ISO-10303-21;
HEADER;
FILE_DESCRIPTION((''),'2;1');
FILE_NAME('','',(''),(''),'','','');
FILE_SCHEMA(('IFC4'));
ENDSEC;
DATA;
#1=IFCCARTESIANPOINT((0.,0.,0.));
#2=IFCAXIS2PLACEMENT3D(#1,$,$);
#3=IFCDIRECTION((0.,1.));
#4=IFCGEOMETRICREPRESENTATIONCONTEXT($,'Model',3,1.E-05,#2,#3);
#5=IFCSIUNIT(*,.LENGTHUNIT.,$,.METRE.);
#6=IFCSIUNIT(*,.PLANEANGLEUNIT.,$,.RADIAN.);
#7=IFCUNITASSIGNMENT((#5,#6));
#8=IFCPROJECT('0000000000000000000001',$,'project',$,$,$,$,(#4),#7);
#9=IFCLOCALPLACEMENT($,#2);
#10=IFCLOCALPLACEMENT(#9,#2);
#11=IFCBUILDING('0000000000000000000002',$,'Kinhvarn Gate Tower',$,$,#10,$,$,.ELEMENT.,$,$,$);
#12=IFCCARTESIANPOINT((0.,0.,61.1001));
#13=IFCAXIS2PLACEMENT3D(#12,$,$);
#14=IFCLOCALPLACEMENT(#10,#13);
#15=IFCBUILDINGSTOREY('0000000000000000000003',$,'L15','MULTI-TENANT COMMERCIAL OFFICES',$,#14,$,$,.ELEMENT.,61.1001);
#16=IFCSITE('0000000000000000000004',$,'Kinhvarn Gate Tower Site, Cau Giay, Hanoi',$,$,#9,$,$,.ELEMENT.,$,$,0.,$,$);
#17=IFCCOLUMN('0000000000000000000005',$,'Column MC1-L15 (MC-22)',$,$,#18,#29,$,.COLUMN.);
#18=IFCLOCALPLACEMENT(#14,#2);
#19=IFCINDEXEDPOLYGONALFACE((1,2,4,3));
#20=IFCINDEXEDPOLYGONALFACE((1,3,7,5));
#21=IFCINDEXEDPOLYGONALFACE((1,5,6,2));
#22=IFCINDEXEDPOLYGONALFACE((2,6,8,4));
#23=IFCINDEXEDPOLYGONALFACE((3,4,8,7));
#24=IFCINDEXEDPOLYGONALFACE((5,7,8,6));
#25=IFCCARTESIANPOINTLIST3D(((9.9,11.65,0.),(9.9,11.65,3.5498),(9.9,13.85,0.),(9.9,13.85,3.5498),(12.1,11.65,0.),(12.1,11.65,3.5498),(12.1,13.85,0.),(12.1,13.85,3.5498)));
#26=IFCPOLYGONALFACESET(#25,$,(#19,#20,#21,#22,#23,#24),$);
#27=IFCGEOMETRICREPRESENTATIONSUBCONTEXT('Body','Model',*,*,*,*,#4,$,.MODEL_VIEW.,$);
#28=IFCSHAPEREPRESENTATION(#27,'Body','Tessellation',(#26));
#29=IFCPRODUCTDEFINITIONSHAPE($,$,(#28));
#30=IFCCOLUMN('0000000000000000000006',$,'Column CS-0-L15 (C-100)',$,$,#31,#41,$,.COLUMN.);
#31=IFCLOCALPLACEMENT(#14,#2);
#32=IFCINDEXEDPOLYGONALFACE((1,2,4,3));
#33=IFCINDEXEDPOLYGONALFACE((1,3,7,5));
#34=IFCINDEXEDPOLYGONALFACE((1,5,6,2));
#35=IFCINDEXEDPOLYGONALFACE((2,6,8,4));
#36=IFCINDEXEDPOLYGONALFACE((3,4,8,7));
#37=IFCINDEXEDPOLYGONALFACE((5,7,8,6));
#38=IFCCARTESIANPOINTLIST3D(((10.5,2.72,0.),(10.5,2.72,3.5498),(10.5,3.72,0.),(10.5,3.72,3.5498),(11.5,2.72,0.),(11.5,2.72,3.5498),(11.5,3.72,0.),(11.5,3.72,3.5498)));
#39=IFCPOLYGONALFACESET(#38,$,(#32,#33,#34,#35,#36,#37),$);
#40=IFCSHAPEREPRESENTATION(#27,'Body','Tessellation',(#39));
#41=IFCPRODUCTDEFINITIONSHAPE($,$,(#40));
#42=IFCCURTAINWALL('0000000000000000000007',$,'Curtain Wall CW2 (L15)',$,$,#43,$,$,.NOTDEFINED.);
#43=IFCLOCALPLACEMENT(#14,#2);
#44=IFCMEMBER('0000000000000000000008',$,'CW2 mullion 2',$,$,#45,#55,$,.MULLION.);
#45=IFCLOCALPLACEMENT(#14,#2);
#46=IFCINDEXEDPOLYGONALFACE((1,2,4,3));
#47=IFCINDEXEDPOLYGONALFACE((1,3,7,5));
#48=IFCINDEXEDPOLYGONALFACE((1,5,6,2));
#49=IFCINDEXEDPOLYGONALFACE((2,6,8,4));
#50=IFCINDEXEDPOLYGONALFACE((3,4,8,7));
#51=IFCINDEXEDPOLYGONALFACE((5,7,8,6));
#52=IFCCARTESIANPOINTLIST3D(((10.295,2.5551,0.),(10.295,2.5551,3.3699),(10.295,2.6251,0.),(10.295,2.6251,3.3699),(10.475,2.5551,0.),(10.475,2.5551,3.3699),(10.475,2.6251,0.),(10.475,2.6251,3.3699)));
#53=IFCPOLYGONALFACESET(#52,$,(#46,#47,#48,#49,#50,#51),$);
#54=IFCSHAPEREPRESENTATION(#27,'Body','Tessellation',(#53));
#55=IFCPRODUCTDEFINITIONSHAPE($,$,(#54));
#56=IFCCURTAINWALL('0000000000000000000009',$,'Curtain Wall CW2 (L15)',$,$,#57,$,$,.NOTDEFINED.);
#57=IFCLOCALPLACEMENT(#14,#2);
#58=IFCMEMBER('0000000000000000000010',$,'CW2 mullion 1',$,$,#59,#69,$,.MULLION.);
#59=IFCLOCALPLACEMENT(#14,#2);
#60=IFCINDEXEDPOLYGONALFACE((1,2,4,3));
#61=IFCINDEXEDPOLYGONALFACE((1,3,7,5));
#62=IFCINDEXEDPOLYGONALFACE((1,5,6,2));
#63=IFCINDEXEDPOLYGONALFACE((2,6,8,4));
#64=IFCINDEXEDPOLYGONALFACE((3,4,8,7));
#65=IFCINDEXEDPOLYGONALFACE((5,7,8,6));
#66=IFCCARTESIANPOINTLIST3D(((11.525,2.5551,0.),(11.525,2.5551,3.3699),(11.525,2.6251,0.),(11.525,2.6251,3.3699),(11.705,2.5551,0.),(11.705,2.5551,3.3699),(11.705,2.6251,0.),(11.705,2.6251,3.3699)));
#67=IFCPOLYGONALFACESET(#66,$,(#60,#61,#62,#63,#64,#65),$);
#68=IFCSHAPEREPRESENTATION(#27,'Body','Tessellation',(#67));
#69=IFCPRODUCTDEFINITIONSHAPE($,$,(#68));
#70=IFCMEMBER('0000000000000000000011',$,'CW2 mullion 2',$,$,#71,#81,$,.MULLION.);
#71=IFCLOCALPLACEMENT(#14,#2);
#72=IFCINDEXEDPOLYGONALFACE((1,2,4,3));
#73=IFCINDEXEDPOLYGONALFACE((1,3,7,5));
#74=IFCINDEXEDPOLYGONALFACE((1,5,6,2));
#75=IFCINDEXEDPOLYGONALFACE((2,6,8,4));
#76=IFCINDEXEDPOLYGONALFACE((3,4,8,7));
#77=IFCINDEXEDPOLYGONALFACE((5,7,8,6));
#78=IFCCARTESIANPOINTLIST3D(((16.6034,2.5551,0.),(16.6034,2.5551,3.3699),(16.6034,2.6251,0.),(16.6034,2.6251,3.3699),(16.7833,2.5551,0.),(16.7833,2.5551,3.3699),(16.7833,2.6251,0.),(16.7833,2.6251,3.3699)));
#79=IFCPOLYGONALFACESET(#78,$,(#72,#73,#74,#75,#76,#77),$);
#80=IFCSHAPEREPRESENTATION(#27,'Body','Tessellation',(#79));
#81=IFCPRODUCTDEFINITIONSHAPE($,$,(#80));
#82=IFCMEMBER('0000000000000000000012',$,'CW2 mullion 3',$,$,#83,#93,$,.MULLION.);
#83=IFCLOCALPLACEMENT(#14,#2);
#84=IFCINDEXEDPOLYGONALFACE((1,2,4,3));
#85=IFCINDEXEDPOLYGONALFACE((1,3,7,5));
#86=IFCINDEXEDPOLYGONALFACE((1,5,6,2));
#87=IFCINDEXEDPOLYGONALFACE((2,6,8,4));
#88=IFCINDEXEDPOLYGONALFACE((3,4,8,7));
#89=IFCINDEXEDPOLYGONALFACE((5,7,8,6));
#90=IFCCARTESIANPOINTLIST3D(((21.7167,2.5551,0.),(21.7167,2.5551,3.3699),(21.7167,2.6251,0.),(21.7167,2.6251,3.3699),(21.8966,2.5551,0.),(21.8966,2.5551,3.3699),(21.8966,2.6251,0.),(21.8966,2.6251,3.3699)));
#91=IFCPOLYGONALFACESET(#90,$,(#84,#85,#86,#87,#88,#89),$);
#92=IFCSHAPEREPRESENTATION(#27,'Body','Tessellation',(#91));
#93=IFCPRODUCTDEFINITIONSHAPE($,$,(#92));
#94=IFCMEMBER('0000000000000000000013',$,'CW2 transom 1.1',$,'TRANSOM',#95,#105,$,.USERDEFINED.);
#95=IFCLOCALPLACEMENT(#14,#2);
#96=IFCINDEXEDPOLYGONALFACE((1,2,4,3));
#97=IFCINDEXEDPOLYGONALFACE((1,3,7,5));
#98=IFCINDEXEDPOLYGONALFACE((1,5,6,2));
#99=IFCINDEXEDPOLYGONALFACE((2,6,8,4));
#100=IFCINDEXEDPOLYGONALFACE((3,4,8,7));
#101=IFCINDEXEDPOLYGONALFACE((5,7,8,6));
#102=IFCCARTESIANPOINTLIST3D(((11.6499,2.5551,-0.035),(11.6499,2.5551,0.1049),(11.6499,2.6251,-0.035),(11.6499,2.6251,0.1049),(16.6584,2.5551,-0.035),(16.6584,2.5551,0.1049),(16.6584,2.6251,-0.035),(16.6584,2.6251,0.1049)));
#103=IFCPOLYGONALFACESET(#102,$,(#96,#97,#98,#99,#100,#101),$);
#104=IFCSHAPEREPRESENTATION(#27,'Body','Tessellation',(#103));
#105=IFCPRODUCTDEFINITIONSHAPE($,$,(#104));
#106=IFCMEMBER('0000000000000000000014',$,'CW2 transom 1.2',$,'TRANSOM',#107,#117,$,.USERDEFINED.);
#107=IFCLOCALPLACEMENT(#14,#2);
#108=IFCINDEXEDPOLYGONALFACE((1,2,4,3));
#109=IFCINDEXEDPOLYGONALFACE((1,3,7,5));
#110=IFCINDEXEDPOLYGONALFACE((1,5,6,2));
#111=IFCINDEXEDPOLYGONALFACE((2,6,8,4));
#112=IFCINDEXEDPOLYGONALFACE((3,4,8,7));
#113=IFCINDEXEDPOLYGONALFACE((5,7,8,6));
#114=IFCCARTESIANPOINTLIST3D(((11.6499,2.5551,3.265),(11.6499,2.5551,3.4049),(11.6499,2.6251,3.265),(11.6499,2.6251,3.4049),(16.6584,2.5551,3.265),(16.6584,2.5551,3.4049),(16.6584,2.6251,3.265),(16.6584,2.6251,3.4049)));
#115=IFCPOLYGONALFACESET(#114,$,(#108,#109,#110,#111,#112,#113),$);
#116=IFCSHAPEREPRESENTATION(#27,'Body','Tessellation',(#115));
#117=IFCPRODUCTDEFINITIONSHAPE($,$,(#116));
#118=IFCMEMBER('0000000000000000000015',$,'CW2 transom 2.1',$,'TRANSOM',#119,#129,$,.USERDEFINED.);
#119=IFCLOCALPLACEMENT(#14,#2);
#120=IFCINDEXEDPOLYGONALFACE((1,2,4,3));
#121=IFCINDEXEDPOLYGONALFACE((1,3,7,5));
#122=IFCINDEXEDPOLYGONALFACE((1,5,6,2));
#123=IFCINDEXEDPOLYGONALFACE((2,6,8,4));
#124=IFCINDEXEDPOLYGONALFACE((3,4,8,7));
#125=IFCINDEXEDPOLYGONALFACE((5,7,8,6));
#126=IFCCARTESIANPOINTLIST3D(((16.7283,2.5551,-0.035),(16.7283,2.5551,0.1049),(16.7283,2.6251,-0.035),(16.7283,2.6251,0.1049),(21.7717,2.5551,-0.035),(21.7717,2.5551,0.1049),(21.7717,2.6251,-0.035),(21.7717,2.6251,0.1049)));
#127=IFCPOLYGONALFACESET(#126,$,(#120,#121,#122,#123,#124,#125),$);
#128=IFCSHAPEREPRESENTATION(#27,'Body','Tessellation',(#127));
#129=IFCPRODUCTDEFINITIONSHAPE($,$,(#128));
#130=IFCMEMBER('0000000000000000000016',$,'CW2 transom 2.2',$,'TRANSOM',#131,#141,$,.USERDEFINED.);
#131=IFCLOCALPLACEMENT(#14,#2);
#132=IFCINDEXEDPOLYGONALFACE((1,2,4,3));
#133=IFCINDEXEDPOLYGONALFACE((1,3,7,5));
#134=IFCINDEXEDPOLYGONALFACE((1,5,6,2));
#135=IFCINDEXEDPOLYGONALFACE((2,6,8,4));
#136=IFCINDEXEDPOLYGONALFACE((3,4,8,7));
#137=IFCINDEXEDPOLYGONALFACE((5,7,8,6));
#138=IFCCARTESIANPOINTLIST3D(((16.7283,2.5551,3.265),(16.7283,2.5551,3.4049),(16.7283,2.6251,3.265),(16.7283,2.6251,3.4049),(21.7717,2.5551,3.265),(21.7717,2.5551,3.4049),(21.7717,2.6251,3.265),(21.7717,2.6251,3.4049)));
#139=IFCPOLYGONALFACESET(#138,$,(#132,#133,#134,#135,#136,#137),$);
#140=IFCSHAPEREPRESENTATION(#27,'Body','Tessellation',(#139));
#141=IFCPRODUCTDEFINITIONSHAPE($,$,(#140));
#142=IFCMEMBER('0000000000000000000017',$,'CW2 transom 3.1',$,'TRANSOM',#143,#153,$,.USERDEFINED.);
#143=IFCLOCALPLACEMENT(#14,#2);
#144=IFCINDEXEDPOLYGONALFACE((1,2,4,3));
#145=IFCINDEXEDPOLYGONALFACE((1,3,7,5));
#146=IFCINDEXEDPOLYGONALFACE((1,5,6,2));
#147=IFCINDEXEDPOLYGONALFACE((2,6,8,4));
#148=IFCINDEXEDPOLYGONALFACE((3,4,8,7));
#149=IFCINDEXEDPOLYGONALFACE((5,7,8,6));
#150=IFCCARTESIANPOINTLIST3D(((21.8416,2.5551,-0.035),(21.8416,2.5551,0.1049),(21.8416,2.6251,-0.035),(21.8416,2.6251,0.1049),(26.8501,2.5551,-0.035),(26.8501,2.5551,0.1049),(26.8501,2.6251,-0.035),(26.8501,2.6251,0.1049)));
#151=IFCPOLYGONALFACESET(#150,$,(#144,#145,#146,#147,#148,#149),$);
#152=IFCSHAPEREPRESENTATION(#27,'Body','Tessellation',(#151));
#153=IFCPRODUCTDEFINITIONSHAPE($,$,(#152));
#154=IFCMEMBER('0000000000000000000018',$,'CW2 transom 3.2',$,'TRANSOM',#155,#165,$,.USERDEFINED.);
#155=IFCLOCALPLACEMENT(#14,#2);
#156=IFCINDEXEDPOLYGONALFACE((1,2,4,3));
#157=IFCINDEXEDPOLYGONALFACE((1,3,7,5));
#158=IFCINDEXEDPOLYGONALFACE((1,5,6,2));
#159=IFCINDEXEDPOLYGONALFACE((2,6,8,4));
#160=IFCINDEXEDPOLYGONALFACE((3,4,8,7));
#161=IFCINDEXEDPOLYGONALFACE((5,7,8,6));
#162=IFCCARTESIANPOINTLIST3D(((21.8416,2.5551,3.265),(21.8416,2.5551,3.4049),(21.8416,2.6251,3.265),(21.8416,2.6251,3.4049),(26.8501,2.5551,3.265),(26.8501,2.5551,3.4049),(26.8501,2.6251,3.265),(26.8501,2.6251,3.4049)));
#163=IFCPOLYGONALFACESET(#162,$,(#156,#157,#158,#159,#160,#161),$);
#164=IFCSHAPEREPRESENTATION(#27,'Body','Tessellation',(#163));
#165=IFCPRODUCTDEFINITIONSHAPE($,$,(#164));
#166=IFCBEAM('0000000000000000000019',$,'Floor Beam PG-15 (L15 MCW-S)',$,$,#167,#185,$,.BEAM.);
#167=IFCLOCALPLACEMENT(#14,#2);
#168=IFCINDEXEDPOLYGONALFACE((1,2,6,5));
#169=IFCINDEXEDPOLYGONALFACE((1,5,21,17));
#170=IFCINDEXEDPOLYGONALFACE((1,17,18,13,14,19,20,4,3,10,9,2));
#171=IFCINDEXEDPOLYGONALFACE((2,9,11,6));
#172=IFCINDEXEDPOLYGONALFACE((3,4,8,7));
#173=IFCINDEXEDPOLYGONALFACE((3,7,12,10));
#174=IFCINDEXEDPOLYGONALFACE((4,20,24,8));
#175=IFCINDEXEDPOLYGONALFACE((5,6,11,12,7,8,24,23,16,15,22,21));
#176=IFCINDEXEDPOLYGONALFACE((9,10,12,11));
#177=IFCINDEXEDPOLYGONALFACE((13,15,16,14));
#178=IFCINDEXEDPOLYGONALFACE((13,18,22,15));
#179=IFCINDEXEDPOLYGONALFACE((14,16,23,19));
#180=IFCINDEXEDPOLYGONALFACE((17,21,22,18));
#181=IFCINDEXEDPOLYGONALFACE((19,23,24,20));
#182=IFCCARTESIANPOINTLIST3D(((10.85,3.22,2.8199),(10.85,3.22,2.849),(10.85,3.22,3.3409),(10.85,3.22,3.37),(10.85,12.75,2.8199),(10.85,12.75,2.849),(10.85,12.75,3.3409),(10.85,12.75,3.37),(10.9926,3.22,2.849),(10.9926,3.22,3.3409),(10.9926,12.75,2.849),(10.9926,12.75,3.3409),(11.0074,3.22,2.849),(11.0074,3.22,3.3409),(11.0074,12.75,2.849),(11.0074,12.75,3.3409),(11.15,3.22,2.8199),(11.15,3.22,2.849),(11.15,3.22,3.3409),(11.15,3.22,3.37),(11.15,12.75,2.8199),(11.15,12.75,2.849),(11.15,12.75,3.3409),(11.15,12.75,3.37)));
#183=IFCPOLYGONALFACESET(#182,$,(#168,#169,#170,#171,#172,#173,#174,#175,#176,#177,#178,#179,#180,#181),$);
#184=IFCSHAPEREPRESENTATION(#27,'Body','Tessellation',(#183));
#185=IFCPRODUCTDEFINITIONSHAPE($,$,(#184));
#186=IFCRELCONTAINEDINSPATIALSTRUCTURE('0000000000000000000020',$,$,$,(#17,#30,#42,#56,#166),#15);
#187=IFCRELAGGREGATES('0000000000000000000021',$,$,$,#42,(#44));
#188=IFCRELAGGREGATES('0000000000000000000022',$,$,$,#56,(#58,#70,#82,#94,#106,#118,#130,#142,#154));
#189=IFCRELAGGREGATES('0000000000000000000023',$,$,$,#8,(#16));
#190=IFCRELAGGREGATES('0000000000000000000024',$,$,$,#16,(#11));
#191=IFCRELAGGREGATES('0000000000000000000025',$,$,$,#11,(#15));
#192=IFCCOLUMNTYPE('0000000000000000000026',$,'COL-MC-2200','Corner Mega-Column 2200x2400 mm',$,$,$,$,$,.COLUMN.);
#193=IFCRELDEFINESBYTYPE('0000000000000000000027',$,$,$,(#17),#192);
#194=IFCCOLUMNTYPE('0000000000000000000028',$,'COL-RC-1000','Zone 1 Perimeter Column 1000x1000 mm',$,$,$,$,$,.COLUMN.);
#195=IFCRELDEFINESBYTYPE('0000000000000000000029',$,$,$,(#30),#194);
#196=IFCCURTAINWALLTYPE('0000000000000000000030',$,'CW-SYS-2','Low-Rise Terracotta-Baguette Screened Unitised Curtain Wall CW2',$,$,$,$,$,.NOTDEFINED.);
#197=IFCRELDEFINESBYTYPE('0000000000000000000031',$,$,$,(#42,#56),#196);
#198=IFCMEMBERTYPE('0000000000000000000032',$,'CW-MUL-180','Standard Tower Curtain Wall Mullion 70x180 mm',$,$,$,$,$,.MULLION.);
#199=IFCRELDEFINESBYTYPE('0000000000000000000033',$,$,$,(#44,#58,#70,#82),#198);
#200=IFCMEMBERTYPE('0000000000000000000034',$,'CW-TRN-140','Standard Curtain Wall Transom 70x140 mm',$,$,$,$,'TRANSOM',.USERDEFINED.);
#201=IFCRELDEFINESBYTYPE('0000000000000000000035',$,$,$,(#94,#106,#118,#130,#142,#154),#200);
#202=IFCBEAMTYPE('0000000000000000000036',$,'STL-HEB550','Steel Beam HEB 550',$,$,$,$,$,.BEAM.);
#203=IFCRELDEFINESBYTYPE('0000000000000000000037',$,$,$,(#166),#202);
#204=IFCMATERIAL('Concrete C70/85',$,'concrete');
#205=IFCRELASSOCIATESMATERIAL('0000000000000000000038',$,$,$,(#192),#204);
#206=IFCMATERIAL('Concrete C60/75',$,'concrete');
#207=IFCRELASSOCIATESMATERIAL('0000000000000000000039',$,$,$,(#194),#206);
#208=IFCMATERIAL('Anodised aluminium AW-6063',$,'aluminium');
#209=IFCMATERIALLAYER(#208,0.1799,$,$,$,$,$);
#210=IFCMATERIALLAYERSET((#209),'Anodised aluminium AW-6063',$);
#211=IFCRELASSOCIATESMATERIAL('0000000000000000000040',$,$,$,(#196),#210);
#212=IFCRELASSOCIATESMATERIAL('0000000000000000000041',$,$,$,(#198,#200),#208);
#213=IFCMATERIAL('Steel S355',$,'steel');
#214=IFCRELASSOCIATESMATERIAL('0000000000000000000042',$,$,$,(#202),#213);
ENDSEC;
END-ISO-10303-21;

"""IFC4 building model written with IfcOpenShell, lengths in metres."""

from ifc_helpers import new_model, si_unit, direction, frame, origin, origin_2d, place, context, subcontext, project, spatial, rectangle, i_section, extrude, material, layer, layer_set, material_profile, profile_set, type_object, element, aggregate, save


model = new_model("IFC4")

# Units and contexts
model_context = context("Model", 3, precision=1e-05, world=origin(), true_north=direction((0.0, 1.0)))
body_context = subcontext(model_context, "Body", "Model", "MODEL_VIEW")
ifc_project = project(units=[si_unit("LENGTHUNIT", "METRE"), si_unit("PLANEANGLEUNIT", "RADIAN")], contexts=[model_context])

# Site, building, storey
site_placement = place(None, origin())
site = spatial("IfcSite", under=ifc_project, at=site_placement, Name="Kinhvarn Gate Tower Site, Cau Giay, Hanoi", CompositionType="ELEMENT", RefElevation=0.0)
building_placement = place(site_placement, origin())
building = spatial("IfcBuilding", under=site, at=building_placement, Name="Kinhvarn Gate Tower", CompositionType="ELEMENT")
storey_placement = place(building_placement, frame((0.0, 0.0, 61.1001)))
storey = spatial("IfcBuildingStorey", under=building, at=storey_placement, Name="L15", Description="MULTI-TENANT COMMERCIAL OFFICES", CompositionType="ELEMENT", Elevation=61.1001)

# Columns
ifc_material_1 = material(Name="Concrete C70/85", Category="concrete")
ifc_material_profile_1 = material_profile(ifc_material_1, rectangle(XDim=2.2, YDim=2.2, at=origin_2d()), Name="RC 2200x2200")
ifc_profile_set_1 = profile_set([ifc_material_profile_1], Name="Concrete C70/85")
column_type_1 = type_object("IfcColumnType", Name="COL-MC-2200", Description="Corner Mega-Column 2200x2400 mm", PredefinedType="COLUMN", material=ifc_profile_set_1)
column_1_placement = place(storey_placement, frame((11.0, 12.75, 0.0), z_axis=(0.0, 0.0, 1.0), x_axis=(1.0, 0.0, 0.0)))
element("IfcColumn", 1, at=column_1_placement, inside=storey, type_object=column_type_1, Name="Column MC1-L15 (MC-22)", PredefinedType="COLUMN", context=body_context, shape_type="SweptSolid", body=[
    extrude(rectangle(XDim=2.2, YDim=2.2, at=origin_2d()), origin(), (0.0, 0.0, 1.0), 3.5498),
])
ifc_material_2 = material(Name="Concrete C60/75", Category="concrete")
ifc_material_profile_2 = material_profile(ifc_material_2, rectangle(XDim=1.0, YDim=1.0, at=origin_2d()), Name="RC 1000x1000")
ifc_profile_set_2 = profile_set([ifc_material_profile_2], Name="Concrete C60/75")
column_type_2 = type_object("IfcColumnType", Name="COL-RC-1000", Description="Zone 1 Perimeter Column 1000x1000 mm", PredefinedType="COLUMN", material=ifc_profile_set_2)
column_2_placement = place(storey_placement, frame((11.0, 3.22, 0.0), z_axis=(0.0, 0.0, 1.0), x_axis=(1.0, 0.0, 0.0)))
element("IfcColumn", 2, at=column_2_placement, inside=storey, type_object=column_type_2, Name="Column CS-0-L15 (C-100)", PredefinedType="COLUMN", context=body_context, shape_type="SweptSolid", body=[
    extrude(rectangle(XDim=1.0, YDim=1.0, at=origin_2d()), origin(), (0.0, 0.0, 1.0), 3.5498),
])

# Curtain wall, member
ifc_material_3 = material(Name="Anodised aluminium AW-6063", Category="aluminium")
ifc_layer_1 = layer(ifc_material_3, 0.1799)
ifc_layer_set_1 = layer_set([ifc_layer_1], Name="Anodised aluminium AW-6063")
curtain_wall_type = type_object("IfcCurtainWallType", Name="CW-SYS-2", Description="Low-Rise Terracotta-Baguette Screened Unitised Curtain Wall CW2", PredefinedType="NOTDEFINED", material=ifc_layer_set_1)
curtain_wall_1_placement = place(storey_placement, origin())
curtain_wall_1 = element("IfcCurtainWall", 3, at=curtain_wall_1_placement, inside=storey, type_object=curtain_wall_type, Name="Curtain Wall CW2 (L15)", PredefinedType="NOTDEFINED")
ifc_material_profile_3 = material_profile(ifc_material_3, rectangle(XDim=0.0701, YDim=0.1799, at=origin_2d()), Name="ALU 70x180")
ifc_profile_set_3 = profile_set([ifc_material_profile_3], Name="Anodised aluminium AW-6063")
member_type_1 = type_object("IfcMemberType", Name="CW-MUL-180", Description="Standard Tower Curtain Wall Mullion 70x180 mm", PredefinedType="MULLION", material=ifc_profile_set_3)
member_1_placement = place(storey_placement, frame((10.385, 2.5901, 0.0), z_axis=(0.0, 0.0, 1.0), x_axis=(0.0, 1.0, 0.0)))
member_1 = element("IfcMember", 4, at=member_1_placement, type_object=member_type_1, Name="CW2 mullion 2", PredefinedType="MULLION", context=body_context, shape_type="SweptSolid", body=[
    extrude(rectangle(XDim=0.0701, YDim=0.1799, at=origin_2d()), origin(), (0.0, 0.0, 1.0), 3.3699),
])

# Curtain wall, members
curtain_wall_2_placement = place(storey_placement, origin())
curtain_wall_2 = element("IfcCurtainWall", 5, at=curtain_wall_2_placement, inside=storey, type_object=curtain_wall_type, Name="Curtain Wall CW2 (L15)", PredefinedType="NOTDEFINED")
member_2_placement = place(storey_placement, frame((11.615, 2.5901, 0.0), z_axis=(0.0, 0.0, 1.0), x_axis=(0.0, 1.0, 0.0)))
member_2 = element("IfcMember", 6, at=member_2_placement, type_object=member_type_1, Name="CW2 mullion 1", PredefinedType="MULLION", context=body_context, shape_type="SweptSolid", body=[
    extrude(rectangle(XDim=0.0701, YDim=0.1799, at=origin_2d()), origin(), (0.0, 0.0, 1.0), 3.3699),
])
member_3_placement = place(storey_placement, frame((16.6934, 2.5901, 0.0), z_axis=(0.0, 0.0, 1.0), x_axis=(0.0, 1.0, 0.0)))
member_3 = element("IfcMember", 7, at=member_3_placement, type_object=member_type_1, Name="CW2 mullion 2", PredefinedType="MULLION", context=body_context, shape_type="SweptSolid", body=[
    extrude(rectangle(XDim=0.0701, YDim=0.1799, at=origin_2d()), origin(), (0.0, 0.0, 1.0), 3.3699),
])
member_4_placement = place(storey_placement, frame((21.8066, 2.5901, 0.0), z_axis=(0.0, 0.0, 1.0), x_axis=(0.0, 1.0, 0.0)))
member_4 = element("IfcMember", 8, at=member_4_placement, type_object=member_type_1, Name="CW2 mullion 3", PredefinedType="MULLION", context=body_context, shape_type="SweptSolid", body=[
    extrude(rectangle(XDim=0.0701, YDim=0.1799, at=origin_2d()), origin(), (0.0, 0.0, 1.0), 3.3699),
])
ifc_material_profile_4 = material_profile(ifc_material_3, rectangle(XDim=0.0701, YDim=0.1399, at=origin_2d()), Name="ALU 70x140")
ifc_profile_set_4 = profile_set([ifc_material_profile_4], Name="Anodised aluminium AW-6063")
member_type_2 = type_object("IfcMemberType", Name="CW-TRN-140", Description="Standard Curtain Wall Transom 70x140 mm", ElementType="TRANSOM", PredefinedType="USERDEFINED", material=ifc_profile_set_4)
member_5_placement = place(storey_placement, frame((11.6499, 2.5901, 0.0349), z_axis=(1.0, 0.0, 0.0), x_axis=(0.0, 1.0, 0.0)))
member_5 = element("IfcMember", 9, at=member_5_placement, type_object=member_type_2, Name="CW2 transom 1.1", ObjectType="TRANSOM", PredefinedType="USERDEFINED", context=body_context, shape_type="SweptSolid", body=[
    extrude(rectangle(XDim=0.0701, YDim=0.1399, at=origin_2d()), origin(), (0.0, 0.0, 1.0), 5.0085),
])
member_6_placement = place(storey_placement, frame((11.6499, 2.5901, 3.335), z_axis=(1.0, 0.0, 0.0), x_axis=(0.0, 1.0, 0.0)))
member_6 = element("IfcMember", 10, at=member_6_placement, type_object=member_type_2, Name="CW2 transom 1.2", ObjectType="TRANSOM", PredefinedType="USERDEFINED", context=body_context, shape_type="SweptSolid", body=[
    extrude(rectangle(XDim=0.0701, YDim=0.1399, at=origin_2d()), origin(), (0.0, 0.0, 1.0), 5.0085),
])
member_7_placement = place(storey_placement, frame((16.7283, 2.5901, 0.0349), z_axis=(1.0, 0.0, 0.0), x_axis=(0.0, 1.0, 0.0)))
member_7 = element("IfcMember", 11, at=member_7_placement, type_object=member_type_2, Name="CW2 transom 2.1", ObjectType="TRANSOM", PredefinedType="USERDEFINED", context=body_context, shape_type="SweptSolid", body=[
    extrude(rectangle(XDim=0.0701, YDim=0.1399, at=origin_2d()), origin(), (0.0, 0.0, 1.0), 5.0435),
])
member_8_placement = place(storey_placement, frame((16.7283, 2.5901, 3.335), z_axis=(1.0, 0.0, 0.0), x_axis=(0.0, 1.0, 0.0)))
member_8 = element("IfcMember", 12, at=member_8_placement, type_object=member_type_2, Name="CW2 transom 2.2", ObjectType="TRANSOM", PredefinedType="USERDEFINED", context=body_context, shape_type="SweptSolid", body=[
    extrude(rectangle(XDim=0.0701, YDim=0.1399, at=origin_2d()), origin(), (0.0, 0.0, 1.0), 5.0435),
])
member_9_placement = place(storey_placement, frame((21.8416, 2.5901, 0.0349), z_axis=(1.0, 0.0, 0.0), x_axis=(0.0, 1.0, 0.0)))
member_9 = element("IfcMember", 13, at=member_9_placement, type_object=member_type_2, Name="CW2 transom 3.1", ObjectType="TRANSOM", PredefinedType="USERDEFINED", context=body_context, shape_type="SweptSolid", body=[
    extrude(rectangle(XDim=0.0701, YDim=0.1399, at=origin_2d()), origin(), (0.0, 0.0, 1.0), 5.0085),
])
member_10_placement = place(storey_placement, frame((21.8416, 2.5901, 3.335), z_axis=(1.0, 0.0, 0.0), x_axis=(0.0, 1.0, 0.0)))
member_10 = element("IfcMember", 14, at=member_10_placement, type_object=member_type_2, Name="CW2 transom 3.2", ObjectType="TRANSOM", PredefinedType="USERDEFINED", context=body_context, shape_type="SweptSolid", body=[
    extrude(rectangle(XDim=0.0701, YDim=0.1399, at=origin_2d()), origin(), (0.0, 0.0, 1.0), 5.0085),
])

# Beam
ifc_material_4 = material(Name="Steel S355", Category="steel")
ifc_material_profile_5 = material_profile(ifc_material_4, i_section(OverallWidth=0.3, OverallDepth=0.55, WebThickness=0.0149, FlangeThickness=0.0291, at=origin_2d()), Name="HEB 550")
ifc_profile_set_5 = profile_set([ifc_material_profile_5], Name="Steel S355")
beam_type_1 = type_object("IfcBeamType", Name="STL-HEB550", Description="Steel Beam HEB 550", PredefinedType="BEAM", material=ifc_profile_set_5)
beam_1_placement = place(storey_placement, frame((11.0, 3.22, 3.095), z_axis=(0.0, 1.0, 0.0), x_axis=(-1.0, 0.0, 0.0)))
element("IfcBeam", 15, at=beam_1_placement, inside=storey, type_object=beam_type_1, Name="Floor Beam PG-15 (L15 MCW-S)", PredefinedType="BEAM", context=body_context, shape_type="SweptSolid", body=[
    extrude(i_section(OverallWidth=0.3, OverallDepth=0.55, WebThickness=0.0149, FlangeThickness=0.0291, at=origin_2d()), origin(), (0.0, 0.0, 1.0), 9.53),
])

aggregate(curtain_wall_1, [member_1])
aggregate(curtain_wall_2, [member_2, member_3, member_4, member_5, member_6, member_7, member_8, member_9, member_10])

save(model, "model.ifc")
